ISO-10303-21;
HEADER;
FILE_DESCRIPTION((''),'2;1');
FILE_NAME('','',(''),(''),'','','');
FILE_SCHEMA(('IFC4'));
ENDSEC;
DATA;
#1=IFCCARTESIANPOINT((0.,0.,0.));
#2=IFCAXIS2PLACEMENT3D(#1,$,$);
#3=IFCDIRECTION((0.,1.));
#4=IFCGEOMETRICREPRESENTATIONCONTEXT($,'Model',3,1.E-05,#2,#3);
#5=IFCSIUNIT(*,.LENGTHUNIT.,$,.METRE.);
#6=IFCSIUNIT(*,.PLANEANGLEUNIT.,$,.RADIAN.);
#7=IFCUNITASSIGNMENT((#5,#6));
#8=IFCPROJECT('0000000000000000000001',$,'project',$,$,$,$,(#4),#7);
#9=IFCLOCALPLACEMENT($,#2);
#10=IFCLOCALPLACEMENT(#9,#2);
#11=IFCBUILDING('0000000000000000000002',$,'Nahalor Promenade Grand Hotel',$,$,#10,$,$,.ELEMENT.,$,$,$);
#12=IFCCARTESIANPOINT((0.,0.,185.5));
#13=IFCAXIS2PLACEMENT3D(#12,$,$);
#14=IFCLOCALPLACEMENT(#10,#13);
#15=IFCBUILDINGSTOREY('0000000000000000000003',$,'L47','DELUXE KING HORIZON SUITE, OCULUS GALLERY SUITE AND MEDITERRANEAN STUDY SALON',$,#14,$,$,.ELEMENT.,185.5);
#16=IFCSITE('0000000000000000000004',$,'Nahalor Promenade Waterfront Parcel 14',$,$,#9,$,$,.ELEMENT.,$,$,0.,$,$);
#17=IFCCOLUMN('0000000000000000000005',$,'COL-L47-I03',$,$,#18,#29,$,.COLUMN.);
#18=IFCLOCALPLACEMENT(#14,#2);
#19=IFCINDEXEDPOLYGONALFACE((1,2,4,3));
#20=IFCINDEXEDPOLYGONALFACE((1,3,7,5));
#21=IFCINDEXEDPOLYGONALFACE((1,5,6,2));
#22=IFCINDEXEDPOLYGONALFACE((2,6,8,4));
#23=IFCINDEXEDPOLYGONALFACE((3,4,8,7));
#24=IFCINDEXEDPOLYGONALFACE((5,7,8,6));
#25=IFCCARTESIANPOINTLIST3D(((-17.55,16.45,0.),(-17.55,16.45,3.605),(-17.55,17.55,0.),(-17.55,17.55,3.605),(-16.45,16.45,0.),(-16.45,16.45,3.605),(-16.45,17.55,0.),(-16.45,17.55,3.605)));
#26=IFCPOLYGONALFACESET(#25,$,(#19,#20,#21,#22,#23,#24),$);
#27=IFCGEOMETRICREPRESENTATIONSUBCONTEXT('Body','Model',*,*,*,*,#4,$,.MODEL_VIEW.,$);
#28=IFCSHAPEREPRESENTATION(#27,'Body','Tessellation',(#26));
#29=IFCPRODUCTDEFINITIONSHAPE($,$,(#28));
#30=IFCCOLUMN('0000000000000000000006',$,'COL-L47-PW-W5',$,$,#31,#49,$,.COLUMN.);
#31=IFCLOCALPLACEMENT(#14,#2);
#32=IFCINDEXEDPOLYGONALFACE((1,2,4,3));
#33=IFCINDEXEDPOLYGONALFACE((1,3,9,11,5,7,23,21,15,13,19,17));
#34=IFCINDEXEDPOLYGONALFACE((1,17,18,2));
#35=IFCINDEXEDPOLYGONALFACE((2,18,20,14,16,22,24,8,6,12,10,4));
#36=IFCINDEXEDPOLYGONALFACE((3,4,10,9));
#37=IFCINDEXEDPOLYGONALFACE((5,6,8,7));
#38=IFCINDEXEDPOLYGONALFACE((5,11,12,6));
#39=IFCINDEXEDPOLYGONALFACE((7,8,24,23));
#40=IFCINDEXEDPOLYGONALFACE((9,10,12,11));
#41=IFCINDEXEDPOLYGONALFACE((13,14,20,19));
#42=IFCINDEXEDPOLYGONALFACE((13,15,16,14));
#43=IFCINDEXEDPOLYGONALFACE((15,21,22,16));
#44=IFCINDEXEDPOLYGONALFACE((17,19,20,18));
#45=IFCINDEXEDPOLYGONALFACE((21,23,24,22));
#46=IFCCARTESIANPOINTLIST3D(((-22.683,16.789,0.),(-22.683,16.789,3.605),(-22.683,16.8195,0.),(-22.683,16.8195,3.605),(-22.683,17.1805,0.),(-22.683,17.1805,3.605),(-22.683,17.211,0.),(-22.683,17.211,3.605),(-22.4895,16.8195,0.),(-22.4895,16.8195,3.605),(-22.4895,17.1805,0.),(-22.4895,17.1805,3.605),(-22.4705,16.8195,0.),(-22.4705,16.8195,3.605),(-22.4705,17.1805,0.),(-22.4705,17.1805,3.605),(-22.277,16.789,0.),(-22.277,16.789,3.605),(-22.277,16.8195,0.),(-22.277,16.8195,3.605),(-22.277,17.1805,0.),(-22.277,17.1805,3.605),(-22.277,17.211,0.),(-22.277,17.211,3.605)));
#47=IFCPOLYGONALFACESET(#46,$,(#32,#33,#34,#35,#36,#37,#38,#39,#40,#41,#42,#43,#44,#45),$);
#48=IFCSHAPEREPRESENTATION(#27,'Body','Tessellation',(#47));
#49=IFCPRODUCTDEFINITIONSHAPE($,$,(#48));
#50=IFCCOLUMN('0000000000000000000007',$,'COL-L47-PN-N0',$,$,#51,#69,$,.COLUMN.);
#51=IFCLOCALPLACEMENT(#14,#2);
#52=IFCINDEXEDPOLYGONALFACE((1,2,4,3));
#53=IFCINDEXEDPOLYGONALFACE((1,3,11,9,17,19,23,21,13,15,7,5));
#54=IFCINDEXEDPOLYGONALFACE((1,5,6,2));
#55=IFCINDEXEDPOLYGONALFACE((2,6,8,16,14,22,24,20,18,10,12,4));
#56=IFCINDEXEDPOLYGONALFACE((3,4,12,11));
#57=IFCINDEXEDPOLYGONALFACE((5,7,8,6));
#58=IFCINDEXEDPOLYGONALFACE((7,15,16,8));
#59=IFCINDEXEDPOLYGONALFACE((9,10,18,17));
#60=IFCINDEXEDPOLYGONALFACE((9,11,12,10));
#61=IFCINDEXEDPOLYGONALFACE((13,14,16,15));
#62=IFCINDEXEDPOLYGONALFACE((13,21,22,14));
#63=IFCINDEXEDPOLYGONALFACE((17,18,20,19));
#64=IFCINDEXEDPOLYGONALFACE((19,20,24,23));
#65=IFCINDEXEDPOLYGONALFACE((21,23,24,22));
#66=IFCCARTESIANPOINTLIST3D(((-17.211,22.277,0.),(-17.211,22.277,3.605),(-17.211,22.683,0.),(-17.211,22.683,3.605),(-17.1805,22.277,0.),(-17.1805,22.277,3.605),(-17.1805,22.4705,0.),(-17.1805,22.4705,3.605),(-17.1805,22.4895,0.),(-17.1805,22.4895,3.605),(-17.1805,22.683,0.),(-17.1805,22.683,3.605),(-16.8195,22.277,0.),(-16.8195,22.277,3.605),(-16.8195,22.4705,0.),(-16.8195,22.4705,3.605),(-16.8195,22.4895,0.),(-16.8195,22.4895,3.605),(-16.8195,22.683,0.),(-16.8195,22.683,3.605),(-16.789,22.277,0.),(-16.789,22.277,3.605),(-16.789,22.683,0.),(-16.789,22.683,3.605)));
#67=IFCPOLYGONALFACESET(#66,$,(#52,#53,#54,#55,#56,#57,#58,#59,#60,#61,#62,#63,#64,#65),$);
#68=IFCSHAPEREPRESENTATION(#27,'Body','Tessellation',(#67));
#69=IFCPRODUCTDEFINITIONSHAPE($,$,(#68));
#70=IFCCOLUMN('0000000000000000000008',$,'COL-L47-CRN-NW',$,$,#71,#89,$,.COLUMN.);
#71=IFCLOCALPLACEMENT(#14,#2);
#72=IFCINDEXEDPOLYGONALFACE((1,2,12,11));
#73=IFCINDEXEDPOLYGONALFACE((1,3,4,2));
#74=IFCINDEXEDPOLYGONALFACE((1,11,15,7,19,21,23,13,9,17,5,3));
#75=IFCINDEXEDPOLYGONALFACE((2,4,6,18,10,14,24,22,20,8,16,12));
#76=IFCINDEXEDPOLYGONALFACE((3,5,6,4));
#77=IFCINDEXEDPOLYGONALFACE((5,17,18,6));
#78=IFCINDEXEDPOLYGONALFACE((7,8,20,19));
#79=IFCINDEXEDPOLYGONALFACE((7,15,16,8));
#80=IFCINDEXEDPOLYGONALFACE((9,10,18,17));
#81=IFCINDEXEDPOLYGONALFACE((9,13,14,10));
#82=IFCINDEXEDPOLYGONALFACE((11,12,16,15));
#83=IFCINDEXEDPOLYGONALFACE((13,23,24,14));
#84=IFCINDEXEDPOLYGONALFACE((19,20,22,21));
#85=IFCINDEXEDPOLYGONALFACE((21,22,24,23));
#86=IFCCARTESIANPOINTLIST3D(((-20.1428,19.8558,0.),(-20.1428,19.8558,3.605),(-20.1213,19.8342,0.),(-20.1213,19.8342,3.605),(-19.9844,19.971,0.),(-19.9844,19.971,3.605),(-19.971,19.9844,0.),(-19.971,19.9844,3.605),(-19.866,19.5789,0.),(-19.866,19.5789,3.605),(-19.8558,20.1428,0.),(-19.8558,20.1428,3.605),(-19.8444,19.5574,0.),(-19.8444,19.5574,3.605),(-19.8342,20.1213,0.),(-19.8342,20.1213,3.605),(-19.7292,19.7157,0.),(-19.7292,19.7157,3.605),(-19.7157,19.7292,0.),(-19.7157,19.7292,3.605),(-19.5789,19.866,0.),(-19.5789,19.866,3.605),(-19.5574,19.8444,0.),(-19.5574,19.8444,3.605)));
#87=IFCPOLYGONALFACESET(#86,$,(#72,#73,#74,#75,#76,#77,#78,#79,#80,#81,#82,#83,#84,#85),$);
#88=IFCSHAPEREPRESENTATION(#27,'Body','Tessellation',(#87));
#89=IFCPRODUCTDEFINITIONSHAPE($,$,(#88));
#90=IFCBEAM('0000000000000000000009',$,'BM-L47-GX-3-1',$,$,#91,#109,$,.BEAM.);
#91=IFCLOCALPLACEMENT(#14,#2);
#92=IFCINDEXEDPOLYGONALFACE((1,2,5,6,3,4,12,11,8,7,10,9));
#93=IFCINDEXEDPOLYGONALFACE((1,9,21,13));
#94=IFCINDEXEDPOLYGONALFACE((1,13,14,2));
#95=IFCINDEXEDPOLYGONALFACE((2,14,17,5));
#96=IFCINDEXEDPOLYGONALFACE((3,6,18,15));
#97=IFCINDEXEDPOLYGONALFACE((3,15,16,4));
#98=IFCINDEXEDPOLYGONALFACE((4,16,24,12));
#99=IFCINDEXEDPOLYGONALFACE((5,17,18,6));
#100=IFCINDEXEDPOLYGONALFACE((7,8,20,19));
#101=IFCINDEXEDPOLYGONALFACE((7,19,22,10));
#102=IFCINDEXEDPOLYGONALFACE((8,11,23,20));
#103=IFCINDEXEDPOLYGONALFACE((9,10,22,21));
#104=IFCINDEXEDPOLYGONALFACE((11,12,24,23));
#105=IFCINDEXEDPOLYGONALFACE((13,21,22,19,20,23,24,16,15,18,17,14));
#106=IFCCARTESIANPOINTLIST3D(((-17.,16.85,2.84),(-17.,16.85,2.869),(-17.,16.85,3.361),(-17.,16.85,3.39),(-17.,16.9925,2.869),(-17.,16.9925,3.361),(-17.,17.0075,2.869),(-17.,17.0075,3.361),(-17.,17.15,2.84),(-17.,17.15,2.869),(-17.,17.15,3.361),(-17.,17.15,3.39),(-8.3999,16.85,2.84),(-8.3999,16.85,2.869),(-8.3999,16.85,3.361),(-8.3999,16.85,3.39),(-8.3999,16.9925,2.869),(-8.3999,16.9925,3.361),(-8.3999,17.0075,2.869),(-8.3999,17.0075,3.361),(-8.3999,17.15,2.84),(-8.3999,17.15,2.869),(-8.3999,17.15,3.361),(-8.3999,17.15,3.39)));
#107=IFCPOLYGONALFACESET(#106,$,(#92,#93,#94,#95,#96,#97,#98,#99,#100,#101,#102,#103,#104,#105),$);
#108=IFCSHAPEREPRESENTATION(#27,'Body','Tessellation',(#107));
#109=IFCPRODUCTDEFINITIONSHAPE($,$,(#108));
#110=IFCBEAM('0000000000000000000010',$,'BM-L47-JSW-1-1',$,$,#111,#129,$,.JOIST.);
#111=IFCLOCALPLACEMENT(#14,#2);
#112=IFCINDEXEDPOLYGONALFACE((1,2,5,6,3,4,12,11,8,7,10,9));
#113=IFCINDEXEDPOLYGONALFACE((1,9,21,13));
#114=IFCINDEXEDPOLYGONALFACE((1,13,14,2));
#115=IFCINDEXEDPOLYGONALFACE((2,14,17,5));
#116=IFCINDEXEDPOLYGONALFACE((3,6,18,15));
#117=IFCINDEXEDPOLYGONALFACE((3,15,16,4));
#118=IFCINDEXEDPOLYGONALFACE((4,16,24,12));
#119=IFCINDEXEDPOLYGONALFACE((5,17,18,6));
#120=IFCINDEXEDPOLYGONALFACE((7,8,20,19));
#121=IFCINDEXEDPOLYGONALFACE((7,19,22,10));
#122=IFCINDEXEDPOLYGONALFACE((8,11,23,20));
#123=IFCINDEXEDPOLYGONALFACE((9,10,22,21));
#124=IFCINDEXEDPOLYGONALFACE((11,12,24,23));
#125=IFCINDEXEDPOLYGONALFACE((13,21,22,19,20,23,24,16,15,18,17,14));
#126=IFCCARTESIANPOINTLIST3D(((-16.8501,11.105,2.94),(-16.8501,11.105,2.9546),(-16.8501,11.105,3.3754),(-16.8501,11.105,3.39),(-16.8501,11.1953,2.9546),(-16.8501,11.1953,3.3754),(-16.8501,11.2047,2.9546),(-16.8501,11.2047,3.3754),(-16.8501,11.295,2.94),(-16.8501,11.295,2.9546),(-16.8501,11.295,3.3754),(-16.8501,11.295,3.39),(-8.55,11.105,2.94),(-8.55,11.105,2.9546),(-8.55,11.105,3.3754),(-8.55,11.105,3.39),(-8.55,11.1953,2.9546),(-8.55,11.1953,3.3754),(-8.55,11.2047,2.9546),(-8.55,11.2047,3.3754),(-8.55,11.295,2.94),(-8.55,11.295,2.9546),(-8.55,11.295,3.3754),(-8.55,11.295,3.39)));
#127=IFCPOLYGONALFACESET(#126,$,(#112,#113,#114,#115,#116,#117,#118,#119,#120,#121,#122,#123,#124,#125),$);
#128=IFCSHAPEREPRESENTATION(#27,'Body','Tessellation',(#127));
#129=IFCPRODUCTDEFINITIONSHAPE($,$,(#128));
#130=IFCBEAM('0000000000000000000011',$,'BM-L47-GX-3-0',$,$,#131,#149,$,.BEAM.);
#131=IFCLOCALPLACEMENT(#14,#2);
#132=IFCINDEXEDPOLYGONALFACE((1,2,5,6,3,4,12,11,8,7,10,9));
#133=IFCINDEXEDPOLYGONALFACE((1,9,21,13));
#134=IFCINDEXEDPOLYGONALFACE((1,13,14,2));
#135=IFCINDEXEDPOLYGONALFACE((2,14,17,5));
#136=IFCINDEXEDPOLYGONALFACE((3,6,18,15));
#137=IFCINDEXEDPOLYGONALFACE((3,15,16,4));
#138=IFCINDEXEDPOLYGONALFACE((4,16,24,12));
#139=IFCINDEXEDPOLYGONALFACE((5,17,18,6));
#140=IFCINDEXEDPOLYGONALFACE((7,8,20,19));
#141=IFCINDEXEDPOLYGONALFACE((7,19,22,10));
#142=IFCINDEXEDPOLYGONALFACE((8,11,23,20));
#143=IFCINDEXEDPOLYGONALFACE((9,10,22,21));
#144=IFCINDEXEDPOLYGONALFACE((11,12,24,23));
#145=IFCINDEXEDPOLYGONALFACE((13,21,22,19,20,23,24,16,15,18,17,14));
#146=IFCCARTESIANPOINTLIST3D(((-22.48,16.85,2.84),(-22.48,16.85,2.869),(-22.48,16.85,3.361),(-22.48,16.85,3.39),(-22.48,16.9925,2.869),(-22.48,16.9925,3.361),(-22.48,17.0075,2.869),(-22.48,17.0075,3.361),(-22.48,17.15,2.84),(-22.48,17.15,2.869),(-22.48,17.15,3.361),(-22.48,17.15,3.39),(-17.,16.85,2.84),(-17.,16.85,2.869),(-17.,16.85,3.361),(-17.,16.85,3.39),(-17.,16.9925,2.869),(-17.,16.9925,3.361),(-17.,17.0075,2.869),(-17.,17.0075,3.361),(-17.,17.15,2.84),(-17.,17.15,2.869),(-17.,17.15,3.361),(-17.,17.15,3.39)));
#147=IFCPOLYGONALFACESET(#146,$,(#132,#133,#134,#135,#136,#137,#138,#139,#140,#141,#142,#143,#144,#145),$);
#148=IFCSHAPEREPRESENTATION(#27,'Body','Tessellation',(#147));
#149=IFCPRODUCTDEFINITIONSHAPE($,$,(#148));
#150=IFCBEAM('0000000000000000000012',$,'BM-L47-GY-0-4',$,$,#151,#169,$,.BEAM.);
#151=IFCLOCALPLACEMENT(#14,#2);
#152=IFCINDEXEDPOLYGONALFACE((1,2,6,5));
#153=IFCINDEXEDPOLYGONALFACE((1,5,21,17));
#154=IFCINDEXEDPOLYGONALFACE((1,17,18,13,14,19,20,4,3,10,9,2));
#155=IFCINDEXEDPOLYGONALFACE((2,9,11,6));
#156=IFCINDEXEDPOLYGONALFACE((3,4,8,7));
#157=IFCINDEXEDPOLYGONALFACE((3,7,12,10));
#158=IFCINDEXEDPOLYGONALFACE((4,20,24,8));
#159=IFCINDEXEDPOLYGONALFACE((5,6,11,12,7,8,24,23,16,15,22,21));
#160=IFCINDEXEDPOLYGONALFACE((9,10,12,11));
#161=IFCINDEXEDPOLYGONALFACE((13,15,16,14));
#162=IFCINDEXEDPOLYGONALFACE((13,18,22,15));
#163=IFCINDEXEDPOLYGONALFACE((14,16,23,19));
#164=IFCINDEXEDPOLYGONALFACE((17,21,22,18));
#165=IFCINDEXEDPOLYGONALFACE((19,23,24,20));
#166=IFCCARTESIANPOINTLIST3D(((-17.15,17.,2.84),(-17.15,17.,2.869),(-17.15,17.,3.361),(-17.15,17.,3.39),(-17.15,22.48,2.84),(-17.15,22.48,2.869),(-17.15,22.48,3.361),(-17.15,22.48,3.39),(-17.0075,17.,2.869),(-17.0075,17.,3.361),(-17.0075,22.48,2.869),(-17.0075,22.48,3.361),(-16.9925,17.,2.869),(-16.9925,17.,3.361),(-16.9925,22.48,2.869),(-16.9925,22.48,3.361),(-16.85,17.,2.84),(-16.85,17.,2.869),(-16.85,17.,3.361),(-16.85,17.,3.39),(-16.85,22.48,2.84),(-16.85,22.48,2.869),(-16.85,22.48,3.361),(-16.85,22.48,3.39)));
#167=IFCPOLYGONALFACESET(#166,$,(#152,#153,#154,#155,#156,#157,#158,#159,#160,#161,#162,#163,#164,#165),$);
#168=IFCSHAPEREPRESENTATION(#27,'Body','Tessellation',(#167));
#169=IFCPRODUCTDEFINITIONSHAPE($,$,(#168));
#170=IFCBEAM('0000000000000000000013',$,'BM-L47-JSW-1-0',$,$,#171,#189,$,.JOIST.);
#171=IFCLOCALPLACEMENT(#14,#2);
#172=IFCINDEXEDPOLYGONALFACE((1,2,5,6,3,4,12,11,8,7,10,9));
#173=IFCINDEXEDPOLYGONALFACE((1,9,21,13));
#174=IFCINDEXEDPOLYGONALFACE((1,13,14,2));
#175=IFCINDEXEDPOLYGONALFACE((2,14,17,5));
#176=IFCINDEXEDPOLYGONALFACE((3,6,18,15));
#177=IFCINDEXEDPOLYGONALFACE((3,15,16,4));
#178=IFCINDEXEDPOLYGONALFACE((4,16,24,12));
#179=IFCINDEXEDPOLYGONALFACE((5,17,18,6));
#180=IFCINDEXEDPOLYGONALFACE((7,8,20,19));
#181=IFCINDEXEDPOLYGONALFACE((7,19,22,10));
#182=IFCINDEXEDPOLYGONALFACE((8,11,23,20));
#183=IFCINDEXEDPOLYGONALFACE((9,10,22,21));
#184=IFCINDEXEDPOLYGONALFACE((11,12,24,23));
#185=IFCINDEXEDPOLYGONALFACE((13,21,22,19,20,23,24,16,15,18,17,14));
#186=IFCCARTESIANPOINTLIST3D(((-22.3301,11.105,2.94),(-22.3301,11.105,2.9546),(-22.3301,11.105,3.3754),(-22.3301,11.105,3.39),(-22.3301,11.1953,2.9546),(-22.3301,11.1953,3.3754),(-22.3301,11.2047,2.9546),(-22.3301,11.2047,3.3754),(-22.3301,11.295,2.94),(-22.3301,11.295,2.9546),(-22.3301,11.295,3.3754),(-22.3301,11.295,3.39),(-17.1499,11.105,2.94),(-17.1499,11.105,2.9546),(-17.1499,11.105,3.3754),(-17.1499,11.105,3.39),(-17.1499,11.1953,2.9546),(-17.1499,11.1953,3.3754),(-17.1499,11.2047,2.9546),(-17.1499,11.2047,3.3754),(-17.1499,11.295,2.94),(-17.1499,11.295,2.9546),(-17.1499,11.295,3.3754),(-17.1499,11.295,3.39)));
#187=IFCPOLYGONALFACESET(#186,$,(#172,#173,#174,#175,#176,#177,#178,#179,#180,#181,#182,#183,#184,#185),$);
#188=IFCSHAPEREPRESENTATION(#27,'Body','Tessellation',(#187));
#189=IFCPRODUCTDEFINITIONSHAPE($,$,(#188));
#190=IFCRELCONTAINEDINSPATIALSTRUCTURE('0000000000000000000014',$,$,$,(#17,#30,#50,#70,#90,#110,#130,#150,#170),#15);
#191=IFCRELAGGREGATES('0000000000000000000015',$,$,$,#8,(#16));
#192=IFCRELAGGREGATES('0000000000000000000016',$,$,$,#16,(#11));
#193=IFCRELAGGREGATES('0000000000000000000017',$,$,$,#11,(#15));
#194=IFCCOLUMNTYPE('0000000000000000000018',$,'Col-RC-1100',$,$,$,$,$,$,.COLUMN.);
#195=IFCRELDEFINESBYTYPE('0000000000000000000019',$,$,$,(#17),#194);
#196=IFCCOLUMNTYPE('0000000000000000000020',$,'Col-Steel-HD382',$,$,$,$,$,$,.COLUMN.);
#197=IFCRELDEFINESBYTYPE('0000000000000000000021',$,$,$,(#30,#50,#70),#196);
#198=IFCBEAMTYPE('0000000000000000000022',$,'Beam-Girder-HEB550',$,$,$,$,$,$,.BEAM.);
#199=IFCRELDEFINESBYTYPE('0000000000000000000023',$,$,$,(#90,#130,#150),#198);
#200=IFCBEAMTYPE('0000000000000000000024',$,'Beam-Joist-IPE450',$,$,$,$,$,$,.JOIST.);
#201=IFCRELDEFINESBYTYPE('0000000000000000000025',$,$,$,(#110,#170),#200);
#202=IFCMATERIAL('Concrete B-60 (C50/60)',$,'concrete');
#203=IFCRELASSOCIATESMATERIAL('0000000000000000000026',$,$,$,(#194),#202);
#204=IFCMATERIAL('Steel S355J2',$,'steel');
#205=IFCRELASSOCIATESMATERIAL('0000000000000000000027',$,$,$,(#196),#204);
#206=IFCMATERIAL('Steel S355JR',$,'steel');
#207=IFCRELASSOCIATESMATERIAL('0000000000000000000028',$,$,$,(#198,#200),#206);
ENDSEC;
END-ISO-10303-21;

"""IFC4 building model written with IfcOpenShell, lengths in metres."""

from ifc_helpers import new_model, si_unit, direction, frame, origin, origin_2d, place, context, subcontext, project, spatial, rectangle, i_section, extrude, source, transform, mapped, material, material_profile, profile_set, type_object, element, save


model = new_model("IFC4")

# Units and contexts
model_context = context("Model", 3, precision=1e-05, world=origin(), true_north=direction((0.0, 1.0)))
body_context = subcontext(model_context, "Body", "Model", "MODEL_VIEW")
ifc_project = project(units=[si_unit("LENGTHUNIT", "METRE"), si_unit("PLANEANGLEUNIT", "RADIAN")], contexts=[model_context])

# Site, building, storey
site_placement = place(None, origin())
site = spatial("IfcSite", under=ifc_project, at=site_placement, Name="Nahalor Promenade Waterfront Parcel 14", CompositionType="ELEMENT", RefElevation=0.0)
building_placement = place(site_placement, origin())
building = spatial("IfcBuilding", under=site, at=building_placement, Name="Nahalor Promenade Grand Hotel", CompositionType="ELEMENT")
storey_placement = place(building_placement, frame((0.0, 0.0, 185.5)))
storey = spatial("IfcBuildingStorey", under=building, at=storey_placement, Name="L47", Description="DELUXE KING HORIZON SUITE, OCULUS GALLERY SUITE AND MEDITERRANEAN STUDY SALON", CompositionType="ELEMENT", Elevation=185.5)

# Columns
ifc_material_1 = material(Name="Concrete B-60 (C50/60)", Category="concrete")
ifc_material_profile_1 = material_profile(ifc_material_1, rectangle(XDim=1.1, YDim=1.1, at=origin_2d()), Name="RC 1100x1100")
ifc_profile_set_1 = profile_set([ifc_material_profile_1], Name="Concrete B-60 (C50/60)")
column_type_1 = type_object("IfcColumnType", Name="Col-RC-1100", PredefinedType="COLUMN", material=ifc_profile_set_1)
shared_shape_1 = source(origin(), body_context, "Body", "SweptSolid", [
    extrude(rectangle(XDim=1.1, YDim=1.1, at=origin_2d()), origin(), (0.0, 0.0, 1.0), 3.605),
])
column_placement = place(storey_placement, frame((-17.0, 17.0, 0.0), z_axis=(0.0, 0.0, 1.0), x_axis=(1.0, 0.0, 0.0)))
element("IfcColumn", 1, at=column_placement, inside=storey, type_object=column_type_1, Name="COL-L47-I03", PredefinedType="COLUMN", context=body_context, shape_type="MappedRepresentation", body=[
    mapped(shared_shape_1, transform((0.0, 0.0, 0.0), scale=1.0)),
])
ifc_material_2 = material(Name="Steel S355J2", Category="steel")
ifc_material_profile_2 = material_profile(ifc_material_2, i_section(OverallWidth=0.406, OverallDepth=0.422, WebThickness=0.019, FlangeThickness=0.0305, at=origin_2d()), Name="HD 400x382")
ifc_profile_set_2 = profile_set([ifc_material_profile_2], Name="Steel S355J2")
column_type_2 = type_object("IfcColumnType", Name="Col-Steel-HD382", PredefinedType="COLUMN", material=ifc_profile_set_2)
shared_shape_2 = source(origin(), body_context, "Body", "SweptSolid", [
    extrude(i_section(OverallWidth=0.406, OverallDepth=0.422, WebThickness=0.019, FlangeThickness=0.0305, at=origin_2d()), origin(), (0.0, 0.0, 1.0), 3.605),
])
for number, where, z_axis, x_axis, name in (
    (2, (-22.48, 17.0, 0.0), (0.0, 0.0, 1.0), (1.0, 0.0, 0.0), "COL-L47-PW-W5"),
    (3, (-17.0, 22.48, 0.0), (0.0, 0.0, 1.0), (0.0, 1.0, 0.0), "COL-L47-PN-N0"),
    (4, (-19.8501, 19.8501, 0.0), (0.0, 0.0, 1.0), (0.707107, 0.707107, 0.0), "COL-L47-CRN-NW"),
):
    element("IfcColumn", number, at=place(storey_placement, frame(where, z_axis=z_axis, x_axis=x_axis)), inside=storey, type_object=column_type_2, Name=name, PredefinedType="COLUMN", context=body_context, shape_type="MappedRepresentation", body=[
        mapped(shared_shape_2, transform((0.0, 0.0, 0.0), scale=1.0)),
    ])

# Beams
ifc_material_3 = material(Name="Steel S355JR", Category="steel")
ifc_material_profile_3 = material_profile(ifc_material_3, i_section(OverallWidth=0.3, OverallDepth=0.55, WebThickness=0.015, FlangeThickness=0.029, at=origin_2d()), Name="HEB 550")
ifc_profile_set_3 = profile_set([ifc_material_profile_3], Name="Steel S355JR")
beam_type_1 = type_object("IfcBeamType", Name="Beam-Girder-HEB550", PredefinedType="BEAM", material=ifc_profile_set_3)
shared_shape_3 = source(origin(), body_context, "Body", "SweptSolid", [
    extrude(i_section(OverallWidth=0.3, OverallDepth=0.55, WebThickness=0.015, FlangeThickness=0.029, at=origin_2d()), origin(), (0.0, 0.0, 1.0), 8.6001),
])
beam_1_placement = place(storey_placement, frame((-17.0, 17.0, 3.115), z_axis=(1.0, 0.0, 0.0), x_axis=(0.0, 1.0, 0.0)))
element("IfcBeam", 5, at=beam_1_placement, inside=storey, type_object=beam_type_1, Name="BM-L47-GX-3-1", PredefinedType="BEAM", context=body_context, shape_type="MappedRepresentation", body=[
    mapped(shared_shape_3, transform((0.0, 0.0, 0.0), scale=1.0)),
])
ifc_material_profile_4 = material_profile(ifc_material_3, i_section(OverallWidth=0.19, OverallDepth=0.45, WebThickness=0.0094, FlangeThickness=0.0146, at=origin_2d()), Name="IPE 450")
ifc_profile_set_4 = profile_set([ifc_material_profile_4], Name="Steel S355JR")
beam_type_2 = type_object("IfcBeamType", Name="Beam-Joist-IPE450", PredefinedType="JOIST", material=ifc_profile_set_4)
shared_shape_4 = source(origin(), body_context, "Body", "SweptSolid", [
    extrude(i_section(OverallWidth=0.19, OverallDepth=0.45, WebThickness=0.0094, FlangeThickness=0.0146, at=origin_2d()), origin(), (0.0, 0.0, 1.0), 8.3),
])
beam_2_placement = place(storey_placement, frame((-16.8501, 11.2, 3.165), z_axis=(1.0, 0.0, 0.0), x_axis=(0.0, 1.0, 0.0)))
element("IfcBeam", 6, at=beam_2_placement, inside=storey, type_object=beam_type_2, Name="BM-L47-JSW-1-1", PredefinedType="JOIST", context=body_context, shape_type="MappedRepresentation", body=[
    mapped(shared_shape_4, transform((0.0, 0.0, 0.0), scale=1.0)),
])
shared_shape_5 = source(origin(), body_context, "Body", "SweptSolid", [
    extrude(i_section(OverallWidth=0.3, OverallDepth=0.55, WebThickness=0.015, FlangeThickness=0.029, at=origin_2d()), origin(), (0.0, 0.0, 1.0), 5.48),
])
for number, where, z_axis, x_axis, name in (
    (7, (-22.48, 17.0, 3.115), (1.0, 0.0, 0.0), (0.0, 1.0, 0.0), "BM-L47-GX-3-0"),
    (8, (-17.0, 17.0, 3.115), (0.0, 1.0, 0.0), (-1.0, 0.0, 0.0), "BM-L47-GY-0-4"),
):
    element("IfcBeam", number, at=place(storey_placement, frame(where, z_axis=z_axis, x_axis=x_axis)), inside=storey, type_object=beam_type_1, Name=name, PredefinedType="BEAM", context=body_context, shape_type="MappedRepresentation", body=[
        mapped(shared_shape_5, transform((0.0, 0.0, 0.0), scale=1.0)),
    ])
shared_shape_6 = source(origin(), body_context, "Body", "SweptSolid", [
    extrude(i_section(OverallWidth=0.19, OverallDepth=0.45, WebThickness=0.0094, FlangeThickness=0.0146, at=origin_2d()), origin(), (0.0, 0.0, 1.0), 5.1802),
])
beam_3_placement = place(storey_placement, frame((-22.3301, 11.2, 3.165), z_axis=(1.0, 0.0, 0.0), x_axis=(0.0, 1.0, 0.0)))
element("IfcBeam", 9, at=beam_3_placement, inside=storey, type_object=beam_type_2, Name="BM-L47-JSW-1-0", PredefinedType="JOIST", context=body_context, shape_type="MappedRepresentation", body=[
    mapped(shared_shape_6, transform((0.0, 0.0, 0.0), scale=1.0)),
])

save(model, "model.ifc")
